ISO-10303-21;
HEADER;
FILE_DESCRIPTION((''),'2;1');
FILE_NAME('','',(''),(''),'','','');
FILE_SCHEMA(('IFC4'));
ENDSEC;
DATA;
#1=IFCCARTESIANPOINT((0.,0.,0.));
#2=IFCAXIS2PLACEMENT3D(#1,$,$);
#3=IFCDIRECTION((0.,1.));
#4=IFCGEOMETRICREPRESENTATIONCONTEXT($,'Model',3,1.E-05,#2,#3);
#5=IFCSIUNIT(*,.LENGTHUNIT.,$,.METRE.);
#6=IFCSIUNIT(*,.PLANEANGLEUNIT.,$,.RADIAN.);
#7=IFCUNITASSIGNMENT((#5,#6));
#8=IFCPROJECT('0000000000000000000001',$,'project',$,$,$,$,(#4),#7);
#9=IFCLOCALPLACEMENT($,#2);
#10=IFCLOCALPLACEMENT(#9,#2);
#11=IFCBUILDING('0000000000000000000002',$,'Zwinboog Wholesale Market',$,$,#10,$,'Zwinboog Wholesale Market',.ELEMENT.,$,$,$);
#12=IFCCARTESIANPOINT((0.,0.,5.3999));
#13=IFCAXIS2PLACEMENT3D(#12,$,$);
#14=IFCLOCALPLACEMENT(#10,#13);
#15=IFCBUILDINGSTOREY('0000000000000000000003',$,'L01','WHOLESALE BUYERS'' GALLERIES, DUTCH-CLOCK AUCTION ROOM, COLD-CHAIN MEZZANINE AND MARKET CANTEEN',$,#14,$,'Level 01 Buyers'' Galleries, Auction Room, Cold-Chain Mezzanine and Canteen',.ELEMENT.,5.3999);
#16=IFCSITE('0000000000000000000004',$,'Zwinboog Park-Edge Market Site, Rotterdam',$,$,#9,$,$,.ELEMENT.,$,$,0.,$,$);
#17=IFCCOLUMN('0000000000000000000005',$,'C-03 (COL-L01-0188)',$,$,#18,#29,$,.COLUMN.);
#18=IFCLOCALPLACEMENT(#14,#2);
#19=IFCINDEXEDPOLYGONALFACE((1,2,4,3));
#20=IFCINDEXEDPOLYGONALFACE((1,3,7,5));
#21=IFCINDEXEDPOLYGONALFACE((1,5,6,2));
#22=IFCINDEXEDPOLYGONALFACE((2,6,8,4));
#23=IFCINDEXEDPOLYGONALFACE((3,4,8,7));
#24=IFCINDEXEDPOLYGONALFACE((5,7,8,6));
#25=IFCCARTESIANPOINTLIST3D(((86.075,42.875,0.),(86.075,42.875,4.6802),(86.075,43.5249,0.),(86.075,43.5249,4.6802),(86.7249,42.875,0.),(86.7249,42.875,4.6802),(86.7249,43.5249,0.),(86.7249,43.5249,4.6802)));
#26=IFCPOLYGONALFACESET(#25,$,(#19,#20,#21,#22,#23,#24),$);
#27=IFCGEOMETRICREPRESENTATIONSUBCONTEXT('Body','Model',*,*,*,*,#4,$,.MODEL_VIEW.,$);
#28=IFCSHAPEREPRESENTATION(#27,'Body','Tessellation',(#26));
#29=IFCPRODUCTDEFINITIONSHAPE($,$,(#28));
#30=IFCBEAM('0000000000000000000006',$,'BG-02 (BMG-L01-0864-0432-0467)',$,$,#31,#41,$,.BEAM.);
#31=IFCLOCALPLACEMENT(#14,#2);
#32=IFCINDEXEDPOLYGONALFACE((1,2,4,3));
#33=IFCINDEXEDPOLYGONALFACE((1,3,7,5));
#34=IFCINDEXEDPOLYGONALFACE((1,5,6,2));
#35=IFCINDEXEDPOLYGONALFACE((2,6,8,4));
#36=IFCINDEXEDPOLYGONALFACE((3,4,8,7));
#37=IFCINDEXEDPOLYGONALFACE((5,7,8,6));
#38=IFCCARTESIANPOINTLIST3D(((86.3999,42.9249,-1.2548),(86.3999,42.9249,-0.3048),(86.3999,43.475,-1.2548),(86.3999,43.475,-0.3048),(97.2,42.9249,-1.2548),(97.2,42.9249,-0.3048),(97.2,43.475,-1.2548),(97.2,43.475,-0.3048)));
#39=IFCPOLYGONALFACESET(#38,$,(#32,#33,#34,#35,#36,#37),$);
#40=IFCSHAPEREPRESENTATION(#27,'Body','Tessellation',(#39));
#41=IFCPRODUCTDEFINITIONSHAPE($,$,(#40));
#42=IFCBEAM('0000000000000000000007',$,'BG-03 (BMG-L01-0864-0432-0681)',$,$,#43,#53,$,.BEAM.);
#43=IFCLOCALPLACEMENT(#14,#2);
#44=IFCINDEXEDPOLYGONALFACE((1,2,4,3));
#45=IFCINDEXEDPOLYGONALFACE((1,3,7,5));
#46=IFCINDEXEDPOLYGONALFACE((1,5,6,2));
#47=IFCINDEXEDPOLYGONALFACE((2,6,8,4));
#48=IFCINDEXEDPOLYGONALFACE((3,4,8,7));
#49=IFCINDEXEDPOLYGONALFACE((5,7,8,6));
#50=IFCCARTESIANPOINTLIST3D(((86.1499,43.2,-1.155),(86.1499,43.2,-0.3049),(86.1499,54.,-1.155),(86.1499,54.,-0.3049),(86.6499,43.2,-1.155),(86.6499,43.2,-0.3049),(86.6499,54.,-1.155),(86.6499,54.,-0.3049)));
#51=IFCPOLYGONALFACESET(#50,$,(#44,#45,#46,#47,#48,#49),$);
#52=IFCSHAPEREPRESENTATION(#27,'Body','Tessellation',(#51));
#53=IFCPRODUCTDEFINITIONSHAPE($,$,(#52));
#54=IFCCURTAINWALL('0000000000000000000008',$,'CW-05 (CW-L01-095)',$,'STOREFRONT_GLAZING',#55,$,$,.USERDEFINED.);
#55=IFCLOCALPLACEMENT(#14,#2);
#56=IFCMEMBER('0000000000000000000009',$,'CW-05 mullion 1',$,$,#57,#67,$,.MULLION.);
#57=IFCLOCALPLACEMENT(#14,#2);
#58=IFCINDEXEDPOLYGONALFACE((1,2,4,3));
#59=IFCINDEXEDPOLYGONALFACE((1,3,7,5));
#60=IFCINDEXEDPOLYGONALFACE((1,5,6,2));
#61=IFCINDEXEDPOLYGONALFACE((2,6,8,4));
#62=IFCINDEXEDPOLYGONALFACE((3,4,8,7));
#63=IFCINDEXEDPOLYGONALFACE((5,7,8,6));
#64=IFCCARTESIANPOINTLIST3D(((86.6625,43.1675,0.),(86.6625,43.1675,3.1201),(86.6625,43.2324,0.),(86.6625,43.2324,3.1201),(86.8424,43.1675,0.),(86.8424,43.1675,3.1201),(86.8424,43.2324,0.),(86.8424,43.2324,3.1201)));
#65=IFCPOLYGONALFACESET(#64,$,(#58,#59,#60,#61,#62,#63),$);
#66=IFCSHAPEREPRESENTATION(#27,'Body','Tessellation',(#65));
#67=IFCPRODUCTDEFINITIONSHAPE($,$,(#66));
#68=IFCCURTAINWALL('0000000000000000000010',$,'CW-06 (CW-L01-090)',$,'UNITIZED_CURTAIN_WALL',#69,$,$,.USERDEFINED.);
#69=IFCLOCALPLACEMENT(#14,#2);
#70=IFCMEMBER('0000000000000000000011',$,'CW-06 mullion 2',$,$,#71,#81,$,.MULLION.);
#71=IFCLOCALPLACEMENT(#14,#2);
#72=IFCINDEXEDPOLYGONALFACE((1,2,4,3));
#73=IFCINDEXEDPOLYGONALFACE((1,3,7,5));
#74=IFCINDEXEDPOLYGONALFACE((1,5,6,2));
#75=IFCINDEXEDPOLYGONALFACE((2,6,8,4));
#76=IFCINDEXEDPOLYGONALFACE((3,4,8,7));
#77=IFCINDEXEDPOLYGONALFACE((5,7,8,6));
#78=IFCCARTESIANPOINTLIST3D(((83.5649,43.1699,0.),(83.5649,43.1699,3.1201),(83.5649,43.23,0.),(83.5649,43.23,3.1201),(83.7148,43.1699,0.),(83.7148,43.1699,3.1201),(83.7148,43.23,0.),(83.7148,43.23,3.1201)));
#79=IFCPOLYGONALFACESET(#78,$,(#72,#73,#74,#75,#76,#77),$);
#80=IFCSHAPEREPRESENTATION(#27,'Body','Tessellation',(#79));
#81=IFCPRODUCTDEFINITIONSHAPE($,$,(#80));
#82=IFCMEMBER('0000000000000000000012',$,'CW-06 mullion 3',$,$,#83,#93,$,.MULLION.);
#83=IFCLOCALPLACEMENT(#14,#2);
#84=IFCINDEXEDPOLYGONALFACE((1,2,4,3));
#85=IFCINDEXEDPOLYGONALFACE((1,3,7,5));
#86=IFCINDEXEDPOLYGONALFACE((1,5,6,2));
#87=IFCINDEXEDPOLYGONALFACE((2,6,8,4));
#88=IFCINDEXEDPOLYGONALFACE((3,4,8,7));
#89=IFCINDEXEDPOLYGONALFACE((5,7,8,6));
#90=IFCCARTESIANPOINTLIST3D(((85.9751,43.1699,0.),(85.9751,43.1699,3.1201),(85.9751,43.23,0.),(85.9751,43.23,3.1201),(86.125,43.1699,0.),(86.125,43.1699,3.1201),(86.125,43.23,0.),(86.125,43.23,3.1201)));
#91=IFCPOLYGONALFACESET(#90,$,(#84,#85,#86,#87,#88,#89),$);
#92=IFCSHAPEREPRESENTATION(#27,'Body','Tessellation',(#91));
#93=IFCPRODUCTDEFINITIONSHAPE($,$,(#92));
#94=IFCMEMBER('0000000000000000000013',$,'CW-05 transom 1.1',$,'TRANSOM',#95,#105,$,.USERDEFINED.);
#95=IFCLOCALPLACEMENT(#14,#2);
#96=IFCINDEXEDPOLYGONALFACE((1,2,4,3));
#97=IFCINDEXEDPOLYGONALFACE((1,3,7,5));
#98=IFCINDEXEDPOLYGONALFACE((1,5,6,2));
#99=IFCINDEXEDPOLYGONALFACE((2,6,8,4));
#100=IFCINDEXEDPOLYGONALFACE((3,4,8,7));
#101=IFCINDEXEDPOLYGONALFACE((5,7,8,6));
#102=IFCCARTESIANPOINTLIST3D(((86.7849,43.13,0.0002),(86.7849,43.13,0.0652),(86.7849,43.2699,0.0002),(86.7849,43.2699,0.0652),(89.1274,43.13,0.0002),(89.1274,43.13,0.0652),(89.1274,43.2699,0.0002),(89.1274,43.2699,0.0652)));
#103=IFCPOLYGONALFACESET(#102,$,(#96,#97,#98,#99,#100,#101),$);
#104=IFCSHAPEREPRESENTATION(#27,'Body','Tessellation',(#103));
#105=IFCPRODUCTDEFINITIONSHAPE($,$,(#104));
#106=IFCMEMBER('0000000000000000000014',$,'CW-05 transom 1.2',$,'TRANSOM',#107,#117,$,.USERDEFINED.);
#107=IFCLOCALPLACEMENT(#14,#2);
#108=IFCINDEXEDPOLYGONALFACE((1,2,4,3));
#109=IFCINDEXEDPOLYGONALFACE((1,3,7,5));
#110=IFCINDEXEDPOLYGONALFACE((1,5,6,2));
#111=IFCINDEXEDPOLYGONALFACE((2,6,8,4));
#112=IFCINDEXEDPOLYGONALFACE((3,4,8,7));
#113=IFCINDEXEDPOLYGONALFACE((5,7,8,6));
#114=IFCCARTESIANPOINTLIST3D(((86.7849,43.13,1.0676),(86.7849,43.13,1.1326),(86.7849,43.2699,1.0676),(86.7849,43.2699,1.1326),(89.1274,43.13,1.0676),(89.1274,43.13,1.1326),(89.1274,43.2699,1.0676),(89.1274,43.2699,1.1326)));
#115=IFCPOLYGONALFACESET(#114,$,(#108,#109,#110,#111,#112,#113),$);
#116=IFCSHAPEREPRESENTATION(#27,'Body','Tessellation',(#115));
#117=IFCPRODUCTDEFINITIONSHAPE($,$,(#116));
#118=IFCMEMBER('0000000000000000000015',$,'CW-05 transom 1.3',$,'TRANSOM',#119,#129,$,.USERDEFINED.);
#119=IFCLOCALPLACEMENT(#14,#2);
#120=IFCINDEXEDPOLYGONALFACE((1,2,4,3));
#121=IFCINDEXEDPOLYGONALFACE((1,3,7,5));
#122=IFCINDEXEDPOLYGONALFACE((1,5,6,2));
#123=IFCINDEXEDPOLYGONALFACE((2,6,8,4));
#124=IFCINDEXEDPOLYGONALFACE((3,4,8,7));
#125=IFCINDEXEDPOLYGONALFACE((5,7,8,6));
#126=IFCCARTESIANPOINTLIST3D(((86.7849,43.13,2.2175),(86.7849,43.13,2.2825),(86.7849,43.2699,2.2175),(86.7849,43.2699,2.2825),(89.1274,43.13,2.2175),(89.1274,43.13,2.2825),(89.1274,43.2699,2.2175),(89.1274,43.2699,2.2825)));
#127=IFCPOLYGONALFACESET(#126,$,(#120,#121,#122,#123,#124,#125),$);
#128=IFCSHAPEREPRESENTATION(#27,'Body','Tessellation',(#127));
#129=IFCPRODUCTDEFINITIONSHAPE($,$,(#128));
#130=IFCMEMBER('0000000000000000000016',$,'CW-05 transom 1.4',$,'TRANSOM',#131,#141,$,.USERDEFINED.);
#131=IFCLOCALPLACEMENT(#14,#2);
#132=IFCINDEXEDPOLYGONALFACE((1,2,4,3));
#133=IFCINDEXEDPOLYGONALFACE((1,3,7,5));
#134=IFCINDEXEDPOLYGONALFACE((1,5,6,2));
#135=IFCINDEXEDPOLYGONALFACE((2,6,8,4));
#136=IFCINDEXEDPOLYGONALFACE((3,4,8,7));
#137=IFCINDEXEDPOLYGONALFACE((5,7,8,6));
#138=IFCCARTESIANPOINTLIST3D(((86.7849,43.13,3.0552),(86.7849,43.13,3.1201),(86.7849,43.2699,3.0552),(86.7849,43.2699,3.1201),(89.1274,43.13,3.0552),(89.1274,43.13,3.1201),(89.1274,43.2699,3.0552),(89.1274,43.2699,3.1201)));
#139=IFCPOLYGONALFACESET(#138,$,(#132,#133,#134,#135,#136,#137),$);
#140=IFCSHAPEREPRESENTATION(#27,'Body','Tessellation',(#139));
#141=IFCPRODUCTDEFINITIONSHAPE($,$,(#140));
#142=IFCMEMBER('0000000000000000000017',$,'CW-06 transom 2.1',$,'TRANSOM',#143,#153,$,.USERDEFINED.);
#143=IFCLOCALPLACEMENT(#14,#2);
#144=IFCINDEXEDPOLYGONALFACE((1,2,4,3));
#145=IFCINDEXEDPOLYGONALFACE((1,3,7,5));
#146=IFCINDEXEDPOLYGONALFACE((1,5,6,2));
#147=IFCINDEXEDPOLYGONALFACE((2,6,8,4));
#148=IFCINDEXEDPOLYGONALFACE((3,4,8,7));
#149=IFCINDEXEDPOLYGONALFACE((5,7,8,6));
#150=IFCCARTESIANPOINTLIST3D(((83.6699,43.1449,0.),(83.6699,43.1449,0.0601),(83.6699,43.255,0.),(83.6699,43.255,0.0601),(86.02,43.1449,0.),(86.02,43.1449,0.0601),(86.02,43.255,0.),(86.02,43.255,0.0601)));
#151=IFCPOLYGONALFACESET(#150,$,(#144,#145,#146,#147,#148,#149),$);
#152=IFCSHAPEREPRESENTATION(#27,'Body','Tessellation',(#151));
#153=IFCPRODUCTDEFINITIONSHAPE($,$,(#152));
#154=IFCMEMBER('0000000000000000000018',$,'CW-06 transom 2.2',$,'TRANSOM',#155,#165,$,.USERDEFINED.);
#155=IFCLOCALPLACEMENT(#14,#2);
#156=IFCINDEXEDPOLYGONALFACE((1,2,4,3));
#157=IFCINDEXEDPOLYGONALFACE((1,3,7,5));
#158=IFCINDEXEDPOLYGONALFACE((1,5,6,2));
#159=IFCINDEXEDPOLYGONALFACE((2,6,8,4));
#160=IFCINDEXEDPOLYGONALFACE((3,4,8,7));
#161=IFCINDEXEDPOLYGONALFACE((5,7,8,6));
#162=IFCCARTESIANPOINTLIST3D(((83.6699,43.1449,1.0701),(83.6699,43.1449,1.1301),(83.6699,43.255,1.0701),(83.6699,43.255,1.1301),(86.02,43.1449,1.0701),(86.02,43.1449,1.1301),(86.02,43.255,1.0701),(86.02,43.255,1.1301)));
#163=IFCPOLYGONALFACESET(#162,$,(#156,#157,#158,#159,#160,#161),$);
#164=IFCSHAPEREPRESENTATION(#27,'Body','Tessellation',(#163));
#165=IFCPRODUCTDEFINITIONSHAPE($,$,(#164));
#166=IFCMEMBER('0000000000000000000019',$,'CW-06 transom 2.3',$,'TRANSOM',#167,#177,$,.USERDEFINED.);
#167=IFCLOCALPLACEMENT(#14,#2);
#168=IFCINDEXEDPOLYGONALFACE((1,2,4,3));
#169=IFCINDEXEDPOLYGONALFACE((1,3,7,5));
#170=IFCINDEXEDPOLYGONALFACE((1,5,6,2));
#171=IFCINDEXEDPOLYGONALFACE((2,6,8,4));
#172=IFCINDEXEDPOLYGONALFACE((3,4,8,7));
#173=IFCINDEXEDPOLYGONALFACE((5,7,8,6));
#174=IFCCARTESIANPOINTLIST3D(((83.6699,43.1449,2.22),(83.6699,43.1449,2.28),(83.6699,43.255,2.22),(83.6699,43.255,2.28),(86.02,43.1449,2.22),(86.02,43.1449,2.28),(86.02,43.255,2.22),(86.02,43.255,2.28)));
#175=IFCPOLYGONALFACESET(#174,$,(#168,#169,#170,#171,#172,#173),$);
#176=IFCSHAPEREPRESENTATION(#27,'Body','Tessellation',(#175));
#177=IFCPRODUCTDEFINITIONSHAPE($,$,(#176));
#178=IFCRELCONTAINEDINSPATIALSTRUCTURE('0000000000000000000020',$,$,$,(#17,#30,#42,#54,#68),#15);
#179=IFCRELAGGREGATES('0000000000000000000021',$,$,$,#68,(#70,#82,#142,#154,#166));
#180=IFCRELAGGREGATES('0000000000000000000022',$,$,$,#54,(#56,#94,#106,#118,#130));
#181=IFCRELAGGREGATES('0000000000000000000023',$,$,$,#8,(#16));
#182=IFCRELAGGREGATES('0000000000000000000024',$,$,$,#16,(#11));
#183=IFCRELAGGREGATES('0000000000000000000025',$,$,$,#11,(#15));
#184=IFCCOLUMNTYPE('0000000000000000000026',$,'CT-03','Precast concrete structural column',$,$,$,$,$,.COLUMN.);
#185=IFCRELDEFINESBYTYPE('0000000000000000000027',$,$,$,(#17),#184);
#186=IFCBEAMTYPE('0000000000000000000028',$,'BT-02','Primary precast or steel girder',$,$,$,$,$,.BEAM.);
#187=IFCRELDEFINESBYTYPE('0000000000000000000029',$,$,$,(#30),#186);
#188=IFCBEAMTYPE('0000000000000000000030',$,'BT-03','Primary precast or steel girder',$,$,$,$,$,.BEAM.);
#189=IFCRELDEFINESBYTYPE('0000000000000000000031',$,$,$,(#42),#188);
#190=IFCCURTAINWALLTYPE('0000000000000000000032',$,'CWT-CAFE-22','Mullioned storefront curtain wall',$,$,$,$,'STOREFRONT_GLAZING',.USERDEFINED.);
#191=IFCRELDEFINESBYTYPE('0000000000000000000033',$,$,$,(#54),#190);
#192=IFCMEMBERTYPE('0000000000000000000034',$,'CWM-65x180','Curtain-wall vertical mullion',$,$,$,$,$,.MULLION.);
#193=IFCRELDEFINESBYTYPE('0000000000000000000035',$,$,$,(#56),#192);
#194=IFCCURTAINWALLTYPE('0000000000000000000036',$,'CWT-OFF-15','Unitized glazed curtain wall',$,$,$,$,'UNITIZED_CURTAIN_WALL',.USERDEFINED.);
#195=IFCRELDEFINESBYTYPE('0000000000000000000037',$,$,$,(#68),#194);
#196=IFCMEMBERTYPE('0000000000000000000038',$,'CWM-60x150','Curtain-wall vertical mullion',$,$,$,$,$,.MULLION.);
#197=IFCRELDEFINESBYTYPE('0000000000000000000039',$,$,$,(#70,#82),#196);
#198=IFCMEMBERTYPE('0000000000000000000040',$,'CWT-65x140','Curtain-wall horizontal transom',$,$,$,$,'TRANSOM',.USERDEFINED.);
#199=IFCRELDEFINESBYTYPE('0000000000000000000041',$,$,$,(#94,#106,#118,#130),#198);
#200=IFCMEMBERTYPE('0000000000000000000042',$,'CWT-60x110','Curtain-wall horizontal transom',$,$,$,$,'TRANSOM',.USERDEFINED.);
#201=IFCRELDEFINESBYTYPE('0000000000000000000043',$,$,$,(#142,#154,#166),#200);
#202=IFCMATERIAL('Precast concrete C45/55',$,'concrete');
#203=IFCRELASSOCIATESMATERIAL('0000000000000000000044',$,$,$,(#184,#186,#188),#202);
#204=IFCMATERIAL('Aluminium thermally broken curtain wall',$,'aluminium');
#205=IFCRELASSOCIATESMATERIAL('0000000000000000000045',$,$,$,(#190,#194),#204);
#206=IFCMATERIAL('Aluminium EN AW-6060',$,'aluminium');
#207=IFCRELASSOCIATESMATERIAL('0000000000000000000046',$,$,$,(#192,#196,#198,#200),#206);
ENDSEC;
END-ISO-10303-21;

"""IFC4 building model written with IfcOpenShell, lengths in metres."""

from ifc_helpers import new_model, si_unit, direction, frame, origin, origin_2d, place, context, subcontext, project, spatial, rectangle, extrude, material, material_profile, profile_set, type_object, element, aggregate, save


model = new_model("IFC4")

# Units and contexts
model_context = context("Model", 3, precision=1e-05, world=origin(), true_north=direction((0.0, 1.0)))
body_context = subcontext(model_context, "Body", "Model", "MODEL_VIEW")
ifc_project = project(units=[si_unit("LENGTHUNIT", "METRE"), si_unit("PLANEANGLEUNIT", "RADIAN")], contexts=[model_context])

# Site, building, storey
site_placement = place(None, origin())
site = spatial("IfcSite", under=ifc_project, at=site_placement, Name="Zwinboog Park-Edge Market Site, Rotterdam", CompositionType="ELEMENT", RefElevation=0.0)
building_placement = place(site_placement, origin())
building = spatial("IfcBuilding", under=site, at=building_placement, Name="Zwinboog Wholesale Market", LongName="Zwinboog Wholesale Market", CompositionType="ELEMENT")
storey_placement = place(building_placement, frame((0.0, 0.0, 5.3999)))
storey = spatial("IfcBuildingStorey", under=building, at=storey_placement, Name="L01", Description="WHOLESALE BUYERS' GALLERIES, DUTCH-CLOCK AUCTION ROOM, COLD-CHAIN MEZZANINE AND MARKET CANTEEN", LongName="Level 01 Buyers' Galleries, Auction Room, Cold-Chain Mezzanine and Canteen", CompositionType="ELEMENT", Elevation=5.3999)

# Column
ifc_material_1 = material(Name="Precast concrete C45/55", Category="concrete")
ifc_material_profile_1 = material_profile(ifc_material_1, rectangle(XDim=0.6499, YDim=0.6499, at=origin_2d()), Name="PC 650x650")
ifc_profile_set_1 = profile_set([ifc_material_profile_1], Name="Precast concrete C45/55")
column_type = type_object("IfcColumnType", Name="CT-03", Description="Precast concrete structural column", PredefinedType="COLUMN", material=ifc_profile_set_1)
column_placement = place(storey_placement, frame((86.3999, 43.2, 0.0), z_axis=(0.0, 0.0, 1.0), x_axis=(1.0, 0.0, 0.0)))
element("IfcColumn", 1, at=column_placement, inside=storey, type_object=column_type, Name="C-03 (COL-L01-0188)", PredefinedType="COLUMN", context=body_context, shape_type="SweptSolid", body=[
    extrude(rectangle(XDim=0.6499, YDim=0.6499, at=origin_2d()), origin(), (0.0, 0.0, 1.0), 4.6802),
])

# Beams
ifc_material_profile_2 = material_profile(ifc_material_1, rectangle(XDim=0.55, YDim=0.95, at=origin_2d()), Name="PC 550x950")
ifc_profile_set_2 = profile_set([ifc_material_profile_2], Name="Precast concrete C45/55")
beam_type_1 = type_object("IfcBeamType", Name="BT-02", Description="Primary precast or steel girder", PredefinedType="BEAM", material=ifc_profile_set_2)
beam_1_placement = place(storey_placement, frame((86.3999, 43.2, -0.7798), z_axis=(1.0, 0.0, 0.0), x_axis=(0.0, 1.0, 0.0)))
element("IfcBeam", 2, at=beam_1_placement, inside=storey, type_object=beam_type_1, Name="BG-02 (BMG-L01-0864-0432-0467)", PredefinedType="BEAM", context=body_context, shape_type="SweptSolid", body=[
    extrude(rectangle(XDim=0.55, YDim=0.95, at=origin_2d()), origin(), (0.0, 0.0, 1.0), 10.8),
])
ifc_material_profile_3 = material_profile(ifc_material_1, rectangle(XDim=0.5, YDim=0.8501, at=origin_2d()), Name="PC 500x850")
ifc_profile_set_3 = profile_set([ifc_material_profile_3], Name="Precast concrete C45/55")
beam_type_2 = type_object("IfcBeamType", Name="BT-03", Description="Primary precast or steel girder", PredefinedType="BEAM", material=ifc_profile_set_3)
beam_2_placement = place(storey_placement, frame((86.3999, 43.2, -0.73), z_axis=(0.0, 1.0, 0.0), x_axis=(-1.0, 0.0, 0.0)))
element("IfcBeam", 3, at=beam_2_placement, inside=storey, type_object=beam_type_2, Name="BG-03 (BMG-L01-0864-0432-0681)", PredefinedType="BEAM", context=body_context, shape_type="SweptSolid", body=[
    extrude(rectangle(XDim=0.5, YDim=0.8501, at=origin_2d()), origin(), (0.0, 0.0, 1.0), 10.8),
])

# Curtain wall, member
ifc_material_2 = material(Name="Aluminium thermally broken curtain wall", Category="aluminium")
curtain_wall_type_1 = type_object("IfcCurtainWallType", Name="CWT-CAFE-22", Description="Mullioned storefront curtain wall", ElementType="STOREFRONT_GLAZING", PredefinedType="USERDEFINED", material=ifc_material_2)
curtain_wall_1_placement = place(storey_placement, origin())
curtain_wall_1 = element("IfcCurtainWall", 4, at=curtain_wall_1_placement, inside=storey, type_object=curtain_wall_type_1, Name="CW-05 (CW-L01-095)", ObjectType="STOREFRONT_GLAZING", PredefinedType="USERDEFINED")
ifc_material_3 = material(Name="Aluminium EN AW-6060", Category="aluminium")
ifc_material_profile_4 = material_profile(ifc_material_3, rectangle(XDim=0.0649, YDim=0.1799, at=origin_2d()), Name="AL 65x180")
ifc_profile_set_4 = profile_set([ifc_material_profile_4], Name="Aluminium EN AW-6060")
member_type_1 = type_object("IfcMemberType", Name="CWM-65x180", Description="Curtain-wall vertical mullion", PredefinedType="MULLION", material=ifc_profile_set_4)
member_1_placement = place(storey_placement, frame((86.7524, 43.2, 0.0), z_axis=(0.0, 0.0, 1.0), x_axis=(0.0, 1.0, 0.0)))
member_1 = element("IfcMember", 5, at=member_1_placement, type_object=member_type_1, Name="CW-05 mullion 1", PredefinedType="MULLION", context=body_context, shape_type="SweptSolid", body=[
    extrude(rectangle(XDim=0.0649, YDim=0.1799, at=origin_2d()), origin(), (0.0, 0.0, 1.0), 3.1201),
])

# Curtain wall, members
curtain_wall_type_2 = type_object("IfcCurtainWallType", Name="CWT-OFF-15", Description="Unitized glazed curtain wall", ElementType="UNITIZED_CURTAIN_WALL", PredefinedType="USERDEFINED", material=ifc_material_2)
curtain_wall_2_placement = place(storey_placement, origin())
curtain_wall_2 = element("IfcCurtainWall", 6, at=curtain_wall_2_placement, inside=storey, type_object=curtain_wall_type_2, Name="CW-06 (CW-L01-090)", ObjectType="UNITIZED_CURTAIN_WALL", PredefinedType="USERDEFINED")
ifc_material_profile_5 = material_profile(ifc_material_3, rectangle(XDim=0.0601, YDim=0.1499, at=origin_2d()), Name="AL 60x150")
ifc_profile_set_5 = profile_set([ifc_material_profile_5], Name="Aluminium EN AW-6060")
member_type_2 = type_object("IfcMemberType", Name="CWM-60x150", Description="Curtain-wall vertical mullion", PredefinedType="MULLION", material=ifc_profile_set_5)
member_2_placement = place(storey_placement, frame((83.6399, 43.2, 0.0), z_axis=(0.0, 0.0, 1.0), x_axis=(0.0, 1.0, 0.0)))
member_2 = element("IfcMember", 7, at=member_2_placement, type_object=member_type_2, Name="CW-06 mullion 2", PredefinedType="MULLION", context=body_context, shape_type="SweptSolid", body=[
    extrude(rectangle(XDim=0.0601, YDim=0.1499, at=origin_2d()), origin(), (0.0, 0.0, 1.0), 3.1201),
])
member_3_placement = place(storey_placement, frame((86.05, 43.2, 0.0), z_axis=(0.0, 0.0, 1.0), x_axis=(0.0, 1.0, 0.0)))
member_3 = element("IfcMember", 8, at=member_3_placement, type_object=member_type_2, Name="CW-06 mullion 3", PredefinedType="MULLION", context=body_context, shape_type="SweptSolid", body=[
    extrude(rectangle(XDim=0.0601, YDim=0.1499, at=origin_2d()), origin(), (0.0, 0.0, 1.0), 3.1201),
])

# Members
ifc_material_profile_6 = material_profile(ifc_material_3, rectangle(XDim=0.1399, YDim=0.0649, at=origin_2d()), Name="AL 65x140")
ifc_profile_set_6 = profile_set([ifc_material_profile_6], Name="Aluminium EN AW-6060")
member_type_3 = type_object("IfcMemberType", Name="CWT-65x140", Description="Curtain-wall horizontal transom", ElementType="TRANSOM", PredefinedType="USERDEFINED", material=ifc_profile_set_6)
member_4_placement = place(storey_placement, frame((86.7849, 43.2, 0.0327), z_axis=(1.0, 0.0, 0.0), x_axis=(0.0, 1.0, 0.0)))
member_4 = element("IfcMember", 9, at=member_4_placement, type_object=member_type_3, Name="CW-05 transom 1.1", ObjectType="TRANSOM", PredefinedType="USERDEFINED", context=body_context, shape_type="SweptSolid", body=[
    extrude(rectangle(XDim=0.1399, YDim=0.0649, at=origin_2d()), origin(), (0.0, 0.0, 1.0), 2.3425),
])
member_5_placement = place(storey_placement, frame((86.7849, 43.2, 1.1001), z_axis=(1.0, 0.0, 0.0), x_axis=(0.0, 1.0, 0.0)))
member_5 = element("IfcMember", 10, at=member_5_placement, type_object=member_type_3, Name="CW-05 transom 1.2", ObjectType="TRANSOM", PredefinedType="USERDEFINED", context=body_context, shape_type="SweptSolid", body=[
    extrude(rectangle(XDim=0.1399, YDim=0.0649, at=origin_2d()), origin(), (0.0, 0.0, 1.0), 2.3425),
])
member_6_placement = place(storey_placement, frame((86.7849, 43.2, 2.25), z_axis=(1.0, 0.0, 0.0), x_axis=(0.0, 1.0, 0.0)))
member_6 = element("IfcMember", 11, at=member_6_placement, type_object=member_type_3, Name="CW-05 transom 1.3", ObjectType="TRANSOM", PredefinedType="USERDEFINED", context=body_context, shape_type="SweptSolid", body=[
    extrude(rectangle(XDim=0.1399, YDim=0.0649, at=origin_2d()), origin(), (0.0, 0.0, 1.0), 2.3425),
])
member_7_placement = place(storey_placement, frame((86.7849, 43.2, 3.0876), z_axis=(1.0, 0.0, 0.0), x_axis=(0.0, 1.0, 0.0)))
member_7 = element("IfcMember", 12, at=member_7_placement, type_object=member_type_3, Name="CW-05 transom 1.4", ObjectType="TRANSOM", PredefinedType="USERDEFINED", context=body_context, shape_type="SweptSolid", body=[
    extrude(rectangle(XDim=0.1399, YDim=0.0649, at=origin_2d()), origin(), (0.0, 0.0, 1.0), 2.3425),
])
ifc_material_profile_7 = material_profile(ifc_material_3, rectangle(XDim=0.1101, YDim=0.0601, at=origin_2d()), Name="AL 60x110")
ifc_profile_set_7 = profile_set([ifc_material_profile_7], Name="Aluminium EN AW-6060")
member_type_4 = type_object("IfcMemberType", Name="CWT-60x110", Description="Curtain-wall horizontal transom", ElementType="TRANSOM", PredefinedType="USERDEFINED", material=ifc_profile_set_7)
member_8_placement = place(storey_placement, frame((83.6699, 43.2, 0.03), z_axis=(1.0, 0.0, 0.0), x_axis=(0.0, 1.0, 0.0)))
member_8 = element("IfcMember", 13, at=member_8_placement, type_object=member_type_4, Name="CW-06 transom 2.1", ObjectType="TRANSOM", PredefinedType="USERDEFINED", context=body_context, shape_type="SweptSolid", body=[
    extrude(rectangle(XDim=0.1101, YDim=0.0601, at=origin_2d()), origin(), (0.0, 0.0, 1.0), 2.3501),
])
member_9_placement = place(storey_placement, frame((83.6699, 43.2, 1.1001), z_axis=(1.0, 0.0, 0.0), x_axis=(0.0, 1.0, 0.0)))
member_9 = element("IfcMember", 14, at=member_9_placement, type_object=member_type_4, Name="CW-06 transom 2.2", ObjectType="TRANSOM", PredefinedType="USERDEFINED", context=body_context, shape_type="SweptSolid", body=[
    extrude(rectangle(XDim=0.1101, YDim=0.0601, at=origin_2d()), origin(), (0.0, 0.0, 1.0), 2.3501),
])
member_10_placement = place(storey_placement, frame((83.6699, 43.2, 2.25), z_axis=(1.0, 0.0, 0.0), x_axis=(0.0, 1.0, 0.0)))
member_10 = element("IfcMember", 15, at=member_10_placement, type_object=member_type_4, Name="CW-06 transom 2.3", ObjectType="TRANSOM", PredefinedType="USERDEFINED", context=body_context, shape_type="SweptSolid", body=[
    extrude(rectangle(XDim=0.1101, YDim=0.0601, at=origin_2d()), origin(), (0.0, 0.0, 1.0), 2.3501),
])

aggregate(curtain_wall_2, [member_2, member_3, member_8, member_9, member_10])
aggregate(curtain_wall_1, [member_1, member_4, member_5, member_6, member_7])

save(model, "model.ifc")
